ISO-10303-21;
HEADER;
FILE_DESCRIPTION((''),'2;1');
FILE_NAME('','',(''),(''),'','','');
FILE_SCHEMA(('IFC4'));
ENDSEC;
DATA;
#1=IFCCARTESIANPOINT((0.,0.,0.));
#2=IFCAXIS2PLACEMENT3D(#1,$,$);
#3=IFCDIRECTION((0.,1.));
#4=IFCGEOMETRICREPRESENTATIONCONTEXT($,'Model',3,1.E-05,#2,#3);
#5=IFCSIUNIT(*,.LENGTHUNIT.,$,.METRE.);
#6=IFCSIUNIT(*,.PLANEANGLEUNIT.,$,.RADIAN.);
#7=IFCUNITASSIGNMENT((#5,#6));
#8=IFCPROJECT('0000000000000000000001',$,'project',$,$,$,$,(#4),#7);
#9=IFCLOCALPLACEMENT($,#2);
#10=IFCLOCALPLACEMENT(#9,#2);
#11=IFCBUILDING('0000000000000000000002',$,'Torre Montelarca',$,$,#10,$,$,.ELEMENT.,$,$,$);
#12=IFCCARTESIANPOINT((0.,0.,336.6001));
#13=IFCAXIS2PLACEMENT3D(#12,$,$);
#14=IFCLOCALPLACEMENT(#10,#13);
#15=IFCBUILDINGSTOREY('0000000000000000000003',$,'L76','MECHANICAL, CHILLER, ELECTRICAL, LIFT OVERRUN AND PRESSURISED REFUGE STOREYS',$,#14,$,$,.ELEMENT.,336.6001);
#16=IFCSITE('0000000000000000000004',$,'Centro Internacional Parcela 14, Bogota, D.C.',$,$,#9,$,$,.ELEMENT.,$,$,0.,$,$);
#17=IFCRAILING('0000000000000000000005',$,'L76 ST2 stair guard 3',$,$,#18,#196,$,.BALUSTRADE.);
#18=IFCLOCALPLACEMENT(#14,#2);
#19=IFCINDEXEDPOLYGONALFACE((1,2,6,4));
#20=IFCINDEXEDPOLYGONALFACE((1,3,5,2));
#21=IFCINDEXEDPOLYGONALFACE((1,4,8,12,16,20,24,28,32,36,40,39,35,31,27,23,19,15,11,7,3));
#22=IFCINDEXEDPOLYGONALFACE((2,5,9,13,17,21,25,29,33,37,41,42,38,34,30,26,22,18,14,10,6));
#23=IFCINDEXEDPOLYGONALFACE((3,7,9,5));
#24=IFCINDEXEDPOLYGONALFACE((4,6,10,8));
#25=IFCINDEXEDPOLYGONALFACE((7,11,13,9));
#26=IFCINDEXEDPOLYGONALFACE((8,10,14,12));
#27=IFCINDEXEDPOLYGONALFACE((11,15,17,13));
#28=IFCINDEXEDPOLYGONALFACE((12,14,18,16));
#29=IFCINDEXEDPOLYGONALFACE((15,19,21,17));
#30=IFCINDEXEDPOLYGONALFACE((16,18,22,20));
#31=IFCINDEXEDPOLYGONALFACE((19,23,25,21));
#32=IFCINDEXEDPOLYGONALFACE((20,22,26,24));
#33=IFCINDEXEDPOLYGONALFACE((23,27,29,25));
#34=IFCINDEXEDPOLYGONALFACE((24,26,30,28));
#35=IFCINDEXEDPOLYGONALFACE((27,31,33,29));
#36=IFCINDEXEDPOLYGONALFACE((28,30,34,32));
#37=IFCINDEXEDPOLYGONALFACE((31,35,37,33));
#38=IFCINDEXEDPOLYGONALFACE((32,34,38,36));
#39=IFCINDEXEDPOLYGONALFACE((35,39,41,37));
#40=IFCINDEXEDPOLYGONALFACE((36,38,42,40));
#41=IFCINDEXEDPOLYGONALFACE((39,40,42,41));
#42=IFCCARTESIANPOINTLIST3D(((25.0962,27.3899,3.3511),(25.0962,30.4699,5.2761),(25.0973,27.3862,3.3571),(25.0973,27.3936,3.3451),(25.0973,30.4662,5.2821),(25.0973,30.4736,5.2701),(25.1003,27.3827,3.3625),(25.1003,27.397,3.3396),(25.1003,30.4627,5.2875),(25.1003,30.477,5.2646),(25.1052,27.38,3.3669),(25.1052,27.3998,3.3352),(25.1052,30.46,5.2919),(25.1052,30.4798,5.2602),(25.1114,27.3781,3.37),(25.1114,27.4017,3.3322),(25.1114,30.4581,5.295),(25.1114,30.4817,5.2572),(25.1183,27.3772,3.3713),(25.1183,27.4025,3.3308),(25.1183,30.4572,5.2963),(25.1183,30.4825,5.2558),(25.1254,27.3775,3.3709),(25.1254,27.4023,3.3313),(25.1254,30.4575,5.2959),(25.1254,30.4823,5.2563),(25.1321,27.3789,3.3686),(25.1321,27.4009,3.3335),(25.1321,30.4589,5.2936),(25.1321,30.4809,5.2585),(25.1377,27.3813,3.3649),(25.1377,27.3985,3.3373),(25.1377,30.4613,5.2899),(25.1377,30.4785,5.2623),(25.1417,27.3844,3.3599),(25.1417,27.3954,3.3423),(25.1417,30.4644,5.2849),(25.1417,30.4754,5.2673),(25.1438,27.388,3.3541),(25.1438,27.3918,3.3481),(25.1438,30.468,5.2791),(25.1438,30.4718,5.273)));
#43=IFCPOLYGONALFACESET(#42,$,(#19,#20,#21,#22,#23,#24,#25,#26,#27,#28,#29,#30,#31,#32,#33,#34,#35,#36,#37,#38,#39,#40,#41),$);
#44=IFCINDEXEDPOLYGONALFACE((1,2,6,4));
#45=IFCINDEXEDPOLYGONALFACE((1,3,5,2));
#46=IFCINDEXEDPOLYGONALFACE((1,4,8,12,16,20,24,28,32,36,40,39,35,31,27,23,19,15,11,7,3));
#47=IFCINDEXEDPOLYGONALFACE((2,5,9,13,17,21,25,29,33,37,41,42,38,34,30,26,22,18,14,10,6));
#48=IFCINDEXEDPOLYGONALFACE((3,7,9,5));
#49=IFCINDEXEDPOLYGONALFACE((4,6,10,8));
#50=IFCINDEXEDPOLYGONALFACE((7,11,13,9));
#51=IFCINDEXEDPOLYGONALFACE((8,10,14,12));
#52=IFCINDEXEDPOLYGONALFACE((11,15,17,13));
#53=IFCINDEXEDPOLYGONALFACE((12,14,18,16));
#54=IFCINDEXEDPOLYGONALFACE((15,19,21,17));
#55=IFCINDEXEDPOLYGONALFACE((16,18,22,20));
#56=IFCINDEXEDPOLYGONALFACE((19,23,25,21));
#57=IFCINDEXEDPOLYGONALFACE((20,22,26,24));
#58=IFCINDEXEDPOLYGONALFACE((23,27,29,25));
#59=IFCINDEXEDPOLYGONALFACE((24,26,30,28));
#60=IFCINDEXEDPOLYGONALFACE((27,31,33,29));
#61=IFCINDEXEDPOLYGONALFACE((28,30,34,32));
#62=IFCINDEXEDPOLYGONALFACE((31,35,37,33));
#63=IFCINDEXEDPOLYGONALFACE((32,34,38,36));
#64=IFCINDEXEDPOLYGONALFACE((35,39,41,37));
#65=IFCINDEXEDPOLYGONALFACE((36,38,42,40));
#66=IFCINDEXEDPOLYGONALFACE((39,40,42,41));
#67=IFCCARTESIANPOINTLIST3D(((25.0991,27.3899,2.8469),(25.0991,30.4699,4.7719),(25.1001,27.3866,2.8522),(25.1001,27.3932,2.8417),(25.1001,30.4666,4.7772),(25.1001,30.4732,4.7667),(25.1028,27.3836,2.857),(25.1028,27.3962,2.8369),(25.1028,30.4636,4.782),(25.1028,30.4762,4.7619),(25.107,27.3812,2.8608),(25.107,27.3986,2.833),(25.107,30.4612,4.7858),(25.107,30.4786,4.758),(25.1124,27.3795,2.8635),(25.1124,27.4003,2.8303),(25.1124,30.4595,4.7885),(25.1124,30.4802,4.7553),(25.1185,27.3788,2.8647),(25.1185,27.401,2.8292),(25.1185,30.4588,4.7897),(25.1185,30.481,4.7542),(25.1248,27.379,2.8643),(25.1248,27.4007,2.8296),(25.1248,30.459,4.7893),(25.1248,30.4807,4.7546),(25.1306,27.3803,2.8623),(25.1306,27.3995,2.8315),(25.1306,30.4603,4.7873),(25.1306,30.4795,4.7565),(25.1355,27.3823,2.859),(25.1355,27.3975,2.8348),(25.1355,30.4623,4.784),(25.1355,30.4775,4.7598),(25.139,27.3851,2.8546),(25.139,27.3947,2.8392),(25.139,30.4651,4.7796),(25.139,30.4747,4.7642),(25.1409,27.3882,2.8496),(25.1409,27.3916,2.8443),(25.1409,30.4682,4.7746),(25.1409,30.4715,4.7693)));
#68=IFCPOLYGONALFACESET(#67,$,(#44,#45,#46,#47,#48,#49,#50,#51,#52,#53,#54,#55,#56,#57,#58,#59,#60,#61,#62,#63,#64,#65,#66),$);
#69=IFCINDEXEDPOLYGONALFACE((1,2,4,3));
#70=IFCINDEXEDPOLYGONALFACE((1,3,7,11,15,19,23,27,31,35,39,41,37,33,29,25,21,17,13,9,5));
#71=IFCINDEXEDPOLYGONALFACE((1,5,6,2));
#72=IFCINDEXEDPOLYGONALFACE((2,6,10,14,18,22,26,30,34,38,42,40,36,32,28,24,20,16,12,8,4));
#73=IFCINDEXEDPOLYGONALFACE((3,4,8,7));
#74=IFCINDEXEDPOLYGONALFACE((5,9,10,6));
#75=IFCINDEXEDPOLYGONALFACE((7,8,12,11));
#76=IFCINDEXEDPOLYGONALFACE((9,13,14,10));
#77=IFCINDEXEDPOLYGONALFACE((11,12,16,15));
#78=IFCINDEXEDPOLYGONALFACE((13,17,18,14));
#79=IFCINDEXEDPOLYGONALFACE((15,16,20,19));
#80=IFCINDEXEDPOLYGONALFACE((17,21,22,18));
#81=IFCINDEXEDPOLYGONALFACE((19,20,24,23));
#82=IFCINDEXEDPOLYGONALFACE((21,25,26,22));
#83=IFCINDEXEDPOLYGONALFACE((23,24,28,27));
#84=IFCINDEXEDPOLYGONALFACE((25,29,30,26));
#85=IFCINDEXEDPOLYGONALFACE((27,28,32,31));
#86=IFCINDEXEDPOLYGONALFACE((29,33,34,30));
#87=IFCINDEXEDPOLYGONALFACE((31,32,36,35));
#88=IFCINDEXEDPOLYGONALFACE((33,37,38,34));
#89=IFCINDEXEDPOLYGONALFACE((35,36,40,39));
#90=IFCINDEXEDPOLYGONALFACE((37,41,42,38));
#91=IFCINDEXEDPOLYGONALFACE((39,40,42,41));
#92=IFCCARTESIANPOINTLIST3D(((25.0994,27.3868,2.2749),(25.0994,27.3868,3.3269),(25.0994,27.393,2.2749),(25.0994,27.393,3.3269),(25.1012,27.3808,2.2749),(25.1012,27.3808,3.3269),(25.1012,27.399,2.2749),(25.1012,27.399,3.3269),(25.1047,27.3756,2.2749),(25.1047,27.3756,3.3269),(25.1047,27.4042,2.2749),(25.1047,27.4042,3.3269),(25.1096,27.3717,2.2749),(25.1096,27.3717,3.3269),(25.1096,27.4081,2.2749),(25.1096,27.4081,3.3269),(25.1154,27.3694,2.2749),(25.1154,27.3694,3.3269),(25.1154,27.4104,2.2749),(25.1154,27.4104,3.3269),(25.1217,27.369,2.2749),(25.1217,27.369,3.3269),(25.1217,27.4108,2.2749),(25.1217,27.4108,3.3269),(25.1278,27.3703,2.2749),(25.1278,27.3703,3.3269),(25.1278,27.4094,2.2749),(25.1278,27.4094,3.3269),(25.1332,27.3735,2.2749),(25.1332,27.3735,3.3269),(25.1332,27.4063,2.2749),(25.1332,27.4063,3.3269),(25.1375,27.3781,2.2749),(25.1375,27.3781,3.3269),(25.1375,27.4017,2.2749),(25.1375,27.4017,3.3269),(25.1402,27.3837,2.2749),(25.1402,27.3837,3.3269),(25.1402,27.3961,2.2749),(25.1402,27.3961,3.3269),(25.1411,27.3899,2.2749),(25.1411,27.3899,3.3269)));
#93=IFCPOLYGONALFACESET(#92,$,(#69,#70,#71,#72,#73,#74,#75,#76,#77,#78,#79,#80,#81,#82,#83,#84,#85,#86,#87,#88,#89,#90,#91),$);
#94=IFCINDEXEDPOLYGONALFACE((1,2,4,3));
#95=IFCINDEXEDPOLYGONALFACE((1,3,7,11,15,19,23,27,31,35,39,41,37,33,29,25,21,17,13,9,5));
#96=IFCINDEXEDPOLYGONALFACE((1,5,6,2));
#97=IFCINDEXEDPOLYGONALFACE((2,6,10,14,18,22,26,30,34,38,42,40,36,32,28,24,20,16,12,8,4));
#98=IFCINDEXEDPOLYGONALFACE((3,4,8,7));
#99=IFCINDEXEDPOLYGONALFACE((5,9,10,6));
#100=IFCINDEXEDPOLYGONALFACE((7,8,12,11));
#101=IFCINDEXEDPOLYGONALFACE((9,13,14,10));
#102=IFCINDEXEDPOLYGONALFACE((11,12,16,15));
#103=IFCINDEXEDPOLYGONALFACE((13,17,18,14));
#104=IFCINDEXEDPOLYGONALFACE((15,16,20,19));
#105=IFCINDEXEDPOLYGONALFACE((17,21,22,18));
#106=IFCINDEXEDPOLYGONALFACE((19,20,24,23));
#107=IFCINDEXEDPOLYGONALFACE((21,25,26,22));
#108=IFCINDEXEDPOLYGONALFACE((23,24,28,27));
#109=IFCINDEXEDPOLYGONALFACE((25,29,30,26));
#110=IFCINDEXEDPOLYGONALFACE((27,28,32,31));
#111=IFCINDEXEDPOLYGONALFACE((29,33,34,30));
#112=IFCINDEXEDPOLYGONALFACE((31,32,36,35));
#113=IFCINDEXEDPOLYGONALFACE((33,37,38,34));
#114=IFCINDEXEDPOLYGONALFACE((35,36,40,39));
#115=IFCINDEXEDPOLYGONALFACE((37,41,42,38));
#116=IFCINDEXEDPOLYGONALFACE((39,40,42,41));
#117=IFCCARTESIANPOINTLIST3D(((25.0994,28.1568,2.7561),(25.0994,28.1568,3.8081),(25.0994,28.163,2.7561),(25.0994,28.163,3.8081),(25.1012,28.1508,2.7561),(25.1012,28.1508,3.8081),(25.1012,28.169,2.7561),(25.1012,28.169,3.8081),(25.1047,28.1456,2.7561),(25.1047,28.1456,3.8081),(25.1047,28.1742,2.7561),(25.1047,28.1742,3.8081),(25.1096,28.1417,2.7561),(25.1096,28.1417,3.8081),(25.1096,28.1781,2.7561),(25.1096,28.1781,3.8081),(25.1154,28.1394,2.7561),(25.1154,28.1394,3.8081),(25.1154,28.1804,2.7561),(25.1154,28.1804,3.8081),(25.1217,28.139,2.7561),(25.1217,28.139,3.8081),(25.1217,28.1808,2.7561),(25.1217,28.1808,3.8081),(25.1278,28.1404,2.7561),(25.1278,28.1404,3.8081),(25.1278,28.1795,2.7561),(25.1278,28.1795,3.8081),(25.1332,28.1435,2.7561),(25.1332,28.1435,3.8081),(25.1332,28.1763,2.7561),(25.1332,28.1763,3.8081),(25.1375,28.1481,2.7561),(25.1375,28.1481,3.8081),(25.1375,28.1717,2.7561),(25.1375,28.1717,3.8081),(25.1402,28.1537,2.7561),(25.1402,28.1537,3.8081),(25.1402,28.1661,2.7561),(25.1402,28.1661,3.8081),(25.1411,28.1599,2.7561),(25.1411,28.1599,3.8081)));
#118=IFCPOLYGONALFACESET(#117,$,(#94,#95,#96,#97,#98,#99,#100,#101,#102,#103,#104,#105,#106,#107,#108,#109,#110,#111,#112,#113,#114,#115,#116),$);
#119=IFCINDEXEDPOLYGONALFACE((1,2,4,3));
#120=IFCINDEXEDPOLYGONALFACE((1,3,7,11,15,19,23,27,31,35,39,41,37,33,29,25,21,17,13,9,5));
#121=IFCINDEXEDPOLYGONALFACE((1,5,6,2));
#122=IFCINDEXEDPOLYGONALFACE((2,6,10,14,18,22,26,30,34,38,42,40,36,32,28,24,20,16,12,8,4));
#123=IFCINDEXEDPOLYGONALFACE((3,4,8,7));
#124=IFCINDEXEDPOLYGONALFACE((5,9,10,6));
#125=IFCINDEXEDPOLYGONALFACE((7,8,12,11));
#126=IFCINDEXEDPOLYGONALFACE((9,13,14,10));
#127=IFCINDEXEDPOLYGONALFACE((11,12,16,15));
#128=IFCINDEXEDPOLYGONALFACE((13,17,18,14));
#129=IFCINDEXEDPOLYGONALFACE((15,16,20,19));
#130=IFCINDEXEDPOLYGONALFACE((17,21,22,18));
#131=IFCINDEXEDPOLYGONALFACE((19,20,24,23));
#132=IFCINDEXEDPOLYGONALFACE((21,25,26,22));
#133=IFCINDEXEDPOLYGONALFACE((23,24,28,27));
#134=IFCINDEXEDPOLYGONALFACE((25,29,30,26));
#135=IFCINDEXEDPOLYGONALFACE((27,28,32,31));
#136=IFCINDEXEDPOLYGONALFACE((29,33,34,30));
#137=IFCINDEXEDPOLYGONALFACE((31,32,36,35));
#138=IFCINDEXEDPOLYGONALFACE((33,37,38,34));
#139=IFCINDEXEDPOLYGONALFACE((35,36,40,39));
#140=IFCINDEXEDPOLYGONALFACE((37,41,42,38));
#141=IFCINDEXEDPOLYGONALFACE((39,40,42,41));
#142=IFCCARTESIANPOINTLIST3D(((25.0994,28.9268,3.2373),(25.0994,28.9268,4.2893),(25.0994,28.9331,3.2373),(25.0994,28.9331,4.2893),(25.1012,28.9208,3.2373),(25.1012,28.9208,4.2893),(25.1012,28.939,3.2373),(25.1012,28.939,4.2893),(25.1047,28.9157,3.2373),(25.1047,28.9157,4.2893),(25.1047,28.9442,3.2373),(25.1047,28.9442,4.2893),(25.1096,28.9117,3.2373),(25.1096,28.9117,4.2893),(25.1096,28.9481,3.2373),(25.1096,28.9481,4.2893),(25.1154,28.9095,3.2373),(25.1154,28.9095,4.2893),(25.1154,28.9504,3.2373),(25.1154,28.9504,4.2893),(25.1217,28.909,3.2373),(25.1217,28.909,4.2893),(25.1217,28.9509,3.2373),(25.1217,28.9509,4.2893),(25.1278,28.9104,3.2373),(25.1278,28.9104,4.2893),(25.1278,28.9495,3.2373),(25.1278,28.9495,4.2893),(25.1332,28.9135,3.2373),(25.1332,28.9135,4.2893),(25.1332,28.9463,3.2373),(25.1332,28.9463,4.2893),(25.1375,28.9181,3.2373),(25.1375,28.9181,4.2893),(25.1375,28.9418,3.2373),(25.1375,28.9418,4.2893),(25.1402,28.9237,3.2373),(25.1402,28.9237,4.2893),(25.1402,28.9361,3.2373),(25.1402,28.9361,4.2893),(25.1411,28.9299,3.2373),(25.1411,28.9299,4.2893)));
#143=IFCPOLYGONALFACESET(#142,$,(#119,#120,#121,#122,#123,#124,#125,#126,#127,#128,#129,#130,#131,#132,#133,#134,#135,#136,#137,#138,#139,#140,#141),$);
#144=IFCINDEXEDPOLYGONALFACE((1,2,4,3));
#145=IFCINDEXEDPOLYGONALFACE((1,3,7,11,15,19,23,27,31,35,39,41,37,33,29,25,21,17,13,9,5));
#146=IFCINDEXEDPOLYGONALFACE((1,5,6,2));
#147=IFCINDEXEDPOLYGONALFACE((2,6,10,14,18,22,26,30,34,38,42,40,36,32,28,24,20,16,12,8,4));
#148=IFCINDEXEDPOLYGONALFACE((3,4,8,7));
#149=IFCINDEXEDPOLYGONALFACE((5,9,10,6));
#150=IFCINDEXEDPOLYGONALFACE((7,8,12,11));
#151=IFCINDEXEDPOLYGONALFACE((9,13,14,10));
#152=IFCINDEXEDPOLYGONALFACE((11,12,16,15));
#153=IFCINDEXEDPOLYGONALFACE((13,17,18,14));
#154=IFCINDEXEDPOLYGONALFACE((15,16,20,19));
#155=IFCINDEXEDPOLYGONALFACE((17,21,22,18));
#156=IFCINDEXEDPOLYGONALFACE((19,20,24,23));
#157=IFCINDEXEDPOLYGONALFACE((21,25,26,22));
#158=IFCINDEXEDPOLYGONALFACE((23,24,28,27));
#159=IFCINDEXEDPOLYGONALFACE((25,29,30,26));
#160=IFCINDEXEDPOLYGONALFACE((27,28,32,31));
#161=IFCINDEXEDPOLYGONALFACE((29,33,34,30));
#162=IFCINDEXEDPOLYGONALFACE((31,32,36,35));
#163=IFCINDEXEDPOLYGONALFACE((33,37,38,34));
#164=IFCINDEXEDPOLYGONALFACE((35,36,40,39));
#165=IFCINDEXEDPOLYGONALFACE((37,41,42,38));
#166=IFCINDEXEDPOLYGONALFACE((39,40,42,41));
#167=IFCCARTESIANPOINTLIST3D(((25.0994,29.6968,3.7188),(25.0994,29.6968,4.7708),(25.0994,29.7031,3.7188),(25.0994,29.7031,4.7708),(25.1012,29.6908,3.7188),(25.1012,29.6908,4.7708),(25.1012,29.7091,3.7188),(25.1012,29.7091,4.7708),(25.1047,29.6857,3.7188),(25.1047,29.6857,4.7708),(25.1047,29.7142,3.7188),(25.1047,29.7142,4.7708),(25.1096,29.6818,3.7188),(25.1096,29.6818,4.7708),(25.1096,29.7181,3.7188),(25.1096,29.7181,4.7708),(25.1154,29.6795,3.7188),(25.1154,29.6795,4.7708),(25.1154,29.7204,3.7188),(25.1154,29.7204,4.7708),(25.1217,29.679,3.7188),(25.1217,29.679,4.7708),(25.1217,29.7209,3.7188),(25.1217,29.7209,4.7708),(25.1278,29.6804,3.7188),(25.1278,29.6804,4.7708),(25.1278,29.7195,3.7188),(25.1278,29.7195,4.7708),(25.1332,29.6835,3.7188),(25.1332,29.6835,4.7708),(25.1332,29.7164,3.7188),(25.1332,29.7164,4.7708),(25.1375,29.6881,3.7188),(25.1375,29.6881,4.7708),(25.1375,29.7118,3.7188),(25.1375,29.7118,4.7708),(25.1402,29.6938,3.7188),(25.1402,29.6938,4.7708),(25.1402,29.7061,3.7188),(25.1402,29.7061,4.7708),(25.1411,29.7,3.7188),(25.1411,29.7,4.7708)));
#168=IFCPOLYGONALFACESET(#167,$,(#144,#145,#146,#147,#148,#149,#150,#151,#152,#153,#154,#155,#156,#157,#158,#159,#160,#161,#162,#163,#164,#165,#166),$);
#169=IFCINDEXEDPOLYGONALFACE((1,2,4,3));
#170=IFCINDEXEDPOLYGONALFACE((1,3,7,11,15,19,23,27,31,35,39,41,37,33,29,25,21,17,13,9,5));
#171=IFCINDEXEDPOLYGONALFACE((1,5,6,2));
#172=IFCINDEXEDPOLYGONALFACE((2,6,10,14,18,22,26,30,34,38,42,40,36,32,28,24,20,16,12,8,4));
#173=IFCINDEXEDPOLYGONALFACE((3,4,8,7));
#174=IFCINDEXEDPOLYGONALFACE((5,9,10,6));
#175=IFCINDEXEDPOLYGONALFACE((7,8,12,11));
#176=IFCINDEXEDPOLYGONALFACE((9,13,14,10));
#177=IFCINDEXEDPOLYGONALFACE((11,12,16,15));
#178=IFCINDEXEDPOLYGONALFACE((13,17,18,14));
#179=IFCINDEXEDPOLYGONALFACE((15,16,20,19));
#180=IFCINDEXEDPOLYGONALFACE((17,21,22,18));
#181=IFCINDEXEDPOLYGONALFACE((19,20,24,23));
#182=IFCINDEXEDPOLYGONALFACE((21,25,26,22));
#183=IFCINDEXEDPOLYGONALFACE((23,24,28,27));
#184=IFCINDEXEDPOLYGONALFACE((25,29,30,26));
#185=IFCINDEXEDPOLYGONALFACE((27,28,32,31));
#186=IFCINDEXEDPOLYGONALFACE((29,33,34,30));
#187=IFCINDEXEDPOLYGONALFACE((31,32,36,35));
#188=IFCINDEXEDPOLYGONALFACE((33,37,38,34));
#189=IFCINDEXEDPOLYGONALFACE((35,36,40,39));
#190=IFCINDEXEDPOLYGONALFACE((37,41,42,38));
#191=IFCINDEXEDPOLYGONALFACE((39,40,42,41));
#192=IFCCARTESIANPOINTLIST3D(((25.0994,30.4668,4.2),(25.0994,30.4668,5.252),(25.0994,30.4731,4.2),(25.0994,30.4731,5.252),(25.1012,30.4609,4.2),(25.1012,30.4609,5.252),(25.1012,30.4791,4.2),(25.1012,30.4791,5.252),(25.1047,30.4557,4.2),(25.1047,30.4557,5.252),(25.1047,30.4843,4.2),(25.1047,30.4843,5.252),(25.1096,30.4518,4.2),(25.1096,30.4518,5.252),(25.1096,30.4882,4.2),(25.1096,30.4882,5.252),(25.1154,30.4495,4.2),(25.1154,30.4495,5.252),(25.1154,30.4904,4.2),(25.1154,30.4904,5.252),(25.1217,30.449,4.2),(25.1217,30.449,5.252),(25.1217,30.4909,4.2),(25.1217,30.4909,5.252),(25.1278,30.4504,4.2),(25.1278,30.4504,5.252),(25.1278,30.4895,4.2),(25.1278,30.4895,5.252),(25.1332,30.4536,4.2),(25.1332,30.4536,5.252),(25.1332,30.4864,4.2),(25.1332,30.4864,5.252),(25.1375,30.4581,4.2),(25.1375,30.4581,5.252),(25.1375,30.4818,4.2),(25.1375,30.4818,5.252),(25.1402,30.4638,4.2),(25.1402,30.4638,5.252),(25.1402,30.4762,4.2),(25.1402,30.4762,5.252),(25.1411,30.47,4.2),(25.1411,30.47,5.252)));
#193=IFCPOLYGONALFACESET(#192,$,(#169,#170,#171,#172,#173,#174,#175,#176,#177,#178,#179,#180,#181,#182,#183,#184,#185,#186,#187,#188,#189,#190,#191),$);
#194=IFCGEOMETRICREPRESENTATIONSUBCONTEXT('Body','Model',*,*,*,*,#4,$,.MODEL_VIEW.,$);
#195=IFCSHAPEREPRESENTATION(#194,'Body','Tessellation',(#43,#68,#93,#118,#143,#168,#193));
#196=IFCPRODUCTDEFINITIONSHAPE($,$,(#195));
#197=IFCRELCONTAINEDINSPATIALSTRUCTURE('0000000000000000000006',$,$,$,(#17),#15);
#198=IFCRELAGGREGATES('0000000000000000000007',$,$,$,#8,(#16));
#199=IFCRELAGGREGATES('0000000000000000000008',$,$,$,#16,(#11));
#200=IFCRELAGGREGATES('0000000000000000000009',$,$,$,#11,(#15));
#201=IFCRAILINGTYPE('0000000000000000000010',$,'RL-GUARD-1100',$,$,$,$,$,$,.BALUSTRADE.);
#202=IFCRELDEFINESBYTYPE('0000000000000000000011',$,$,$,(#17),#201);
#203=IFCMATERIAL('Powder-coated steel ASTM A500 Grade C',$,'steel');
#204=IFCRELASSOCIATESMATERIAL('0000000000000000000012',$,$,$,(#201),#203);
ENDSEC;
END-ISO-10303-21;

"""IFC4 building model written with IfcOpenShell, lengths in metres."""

from ifc_helpers import new_model, si_unit, direction, frame, origin, origin_2d, place, context, subcontext, project, spatial, circle, extrude, material, type_object, element, save


model = new_model("IFC4")

# Units and contexts
model_context = context("Model", 3, precision=1e-05, world=origin(), true_north=direction((0.0, 1.0)))
body_context = subcontext(model_context, "Body", "Model", "MODEL_VIEW")
ifc_project = project(units=[si_unit("LENGTHUNIT", "METRE"), si_unit("PLANEANGLEUNIT", "RADIAN")], contexts=[model_context])

# Site, building, storey
site_placement = place(None, origin())
site = spatial("IfcSite", under=ifc_project, at=site_placement, Name="Centro Internacional Parcela 14, Bogota, D.C.", CompositionType="ELEMENT", RefElevation=0.0)
building_placement = place(site_placement, origin())
building = spatial("IfcBuilding", under=site, at=building_placement, Name="Torre Montelarca", CompositionType="ELEMENT")
storey_placement = place(building_placement, frame((0.0, 0.0, 336.6001)))
storey = spatial("IfcBuildingStorey", under=building, at=storey_placement, Name="L76", Description="MECHANICAL, CHILLER, ELECTRICAL, LIFT OVERRUN AND PRESSURISED REFUGE STOREYS", CompositionType="ELEMENT", Elevation=336.6001)

# Railing
ifc_material_1 = material(Name="Powder-coated steel ASTM A500 Grade C", Category="steel")
railing_type_1 = type_object("IfcRailingType", Name="RL-GUARD-1100", PredefinedType="BALUSTRADE", material=ifc_material_1)
railing_1_placement = place(storey_placement, frame((25.1201, 27.3899, 2.2749)))
element("IfcRailing", 1, at=railing_1_placement, inside=storey, type_object=railing_type_1, Name="L76 ST2 stair guard 3", PredefinedType="BALUSTRADE", context=body_context, shape_type="SweptSolid", body=[
    extrude(circle(Radius=0.0239, at=origin_2d()), frame((0.0, 0.0, 1.0762), z_axis=(0.0, 0.847998, 0.529999), x_axis=(-1.0, 0.0, 0.0)), (0.0, 0.0, 1.0), 3.6321),
    extrude(circle(Radius=0.021, at=origin_2d()), frame((0.0, 0.0, 0.572), z_axis=(0.0, 0.847998, 0.529999), x_axis=(-1.0, 0.0, 0.0)), (0.0, 0.0, 1.0), 3.6321),
    extrude(circle(Radius=0.021, at=origin_2d()), origin(), (0.0, 0.0, 1.0), 1.052),
    extrude(circle(Radius=0.021, at=origin_2d()), frame((0.0, 0.77, 0.4812)), (0.0, 0.0, 1.0), 1.052),
    extrude(circle(Radius=0.021, at=origin_2d()), frame((0.0, 1.54, 0.9624)), (0.0, 0.0, 1.0), 1.052),
    extrude(circle(Radius=0.021, at=origin_2d()), frame((0.0, 2.3101, 1.4438)), (0.0, 0.0, 1.0), 1.052),
    extrude(circle(Radius=0.021, at=origin_2d()), frame((0.0, 3.0801, 1.925)), (0.0, 0.0, 1.0), 1.052),
])

save(model, "model.ifc")
